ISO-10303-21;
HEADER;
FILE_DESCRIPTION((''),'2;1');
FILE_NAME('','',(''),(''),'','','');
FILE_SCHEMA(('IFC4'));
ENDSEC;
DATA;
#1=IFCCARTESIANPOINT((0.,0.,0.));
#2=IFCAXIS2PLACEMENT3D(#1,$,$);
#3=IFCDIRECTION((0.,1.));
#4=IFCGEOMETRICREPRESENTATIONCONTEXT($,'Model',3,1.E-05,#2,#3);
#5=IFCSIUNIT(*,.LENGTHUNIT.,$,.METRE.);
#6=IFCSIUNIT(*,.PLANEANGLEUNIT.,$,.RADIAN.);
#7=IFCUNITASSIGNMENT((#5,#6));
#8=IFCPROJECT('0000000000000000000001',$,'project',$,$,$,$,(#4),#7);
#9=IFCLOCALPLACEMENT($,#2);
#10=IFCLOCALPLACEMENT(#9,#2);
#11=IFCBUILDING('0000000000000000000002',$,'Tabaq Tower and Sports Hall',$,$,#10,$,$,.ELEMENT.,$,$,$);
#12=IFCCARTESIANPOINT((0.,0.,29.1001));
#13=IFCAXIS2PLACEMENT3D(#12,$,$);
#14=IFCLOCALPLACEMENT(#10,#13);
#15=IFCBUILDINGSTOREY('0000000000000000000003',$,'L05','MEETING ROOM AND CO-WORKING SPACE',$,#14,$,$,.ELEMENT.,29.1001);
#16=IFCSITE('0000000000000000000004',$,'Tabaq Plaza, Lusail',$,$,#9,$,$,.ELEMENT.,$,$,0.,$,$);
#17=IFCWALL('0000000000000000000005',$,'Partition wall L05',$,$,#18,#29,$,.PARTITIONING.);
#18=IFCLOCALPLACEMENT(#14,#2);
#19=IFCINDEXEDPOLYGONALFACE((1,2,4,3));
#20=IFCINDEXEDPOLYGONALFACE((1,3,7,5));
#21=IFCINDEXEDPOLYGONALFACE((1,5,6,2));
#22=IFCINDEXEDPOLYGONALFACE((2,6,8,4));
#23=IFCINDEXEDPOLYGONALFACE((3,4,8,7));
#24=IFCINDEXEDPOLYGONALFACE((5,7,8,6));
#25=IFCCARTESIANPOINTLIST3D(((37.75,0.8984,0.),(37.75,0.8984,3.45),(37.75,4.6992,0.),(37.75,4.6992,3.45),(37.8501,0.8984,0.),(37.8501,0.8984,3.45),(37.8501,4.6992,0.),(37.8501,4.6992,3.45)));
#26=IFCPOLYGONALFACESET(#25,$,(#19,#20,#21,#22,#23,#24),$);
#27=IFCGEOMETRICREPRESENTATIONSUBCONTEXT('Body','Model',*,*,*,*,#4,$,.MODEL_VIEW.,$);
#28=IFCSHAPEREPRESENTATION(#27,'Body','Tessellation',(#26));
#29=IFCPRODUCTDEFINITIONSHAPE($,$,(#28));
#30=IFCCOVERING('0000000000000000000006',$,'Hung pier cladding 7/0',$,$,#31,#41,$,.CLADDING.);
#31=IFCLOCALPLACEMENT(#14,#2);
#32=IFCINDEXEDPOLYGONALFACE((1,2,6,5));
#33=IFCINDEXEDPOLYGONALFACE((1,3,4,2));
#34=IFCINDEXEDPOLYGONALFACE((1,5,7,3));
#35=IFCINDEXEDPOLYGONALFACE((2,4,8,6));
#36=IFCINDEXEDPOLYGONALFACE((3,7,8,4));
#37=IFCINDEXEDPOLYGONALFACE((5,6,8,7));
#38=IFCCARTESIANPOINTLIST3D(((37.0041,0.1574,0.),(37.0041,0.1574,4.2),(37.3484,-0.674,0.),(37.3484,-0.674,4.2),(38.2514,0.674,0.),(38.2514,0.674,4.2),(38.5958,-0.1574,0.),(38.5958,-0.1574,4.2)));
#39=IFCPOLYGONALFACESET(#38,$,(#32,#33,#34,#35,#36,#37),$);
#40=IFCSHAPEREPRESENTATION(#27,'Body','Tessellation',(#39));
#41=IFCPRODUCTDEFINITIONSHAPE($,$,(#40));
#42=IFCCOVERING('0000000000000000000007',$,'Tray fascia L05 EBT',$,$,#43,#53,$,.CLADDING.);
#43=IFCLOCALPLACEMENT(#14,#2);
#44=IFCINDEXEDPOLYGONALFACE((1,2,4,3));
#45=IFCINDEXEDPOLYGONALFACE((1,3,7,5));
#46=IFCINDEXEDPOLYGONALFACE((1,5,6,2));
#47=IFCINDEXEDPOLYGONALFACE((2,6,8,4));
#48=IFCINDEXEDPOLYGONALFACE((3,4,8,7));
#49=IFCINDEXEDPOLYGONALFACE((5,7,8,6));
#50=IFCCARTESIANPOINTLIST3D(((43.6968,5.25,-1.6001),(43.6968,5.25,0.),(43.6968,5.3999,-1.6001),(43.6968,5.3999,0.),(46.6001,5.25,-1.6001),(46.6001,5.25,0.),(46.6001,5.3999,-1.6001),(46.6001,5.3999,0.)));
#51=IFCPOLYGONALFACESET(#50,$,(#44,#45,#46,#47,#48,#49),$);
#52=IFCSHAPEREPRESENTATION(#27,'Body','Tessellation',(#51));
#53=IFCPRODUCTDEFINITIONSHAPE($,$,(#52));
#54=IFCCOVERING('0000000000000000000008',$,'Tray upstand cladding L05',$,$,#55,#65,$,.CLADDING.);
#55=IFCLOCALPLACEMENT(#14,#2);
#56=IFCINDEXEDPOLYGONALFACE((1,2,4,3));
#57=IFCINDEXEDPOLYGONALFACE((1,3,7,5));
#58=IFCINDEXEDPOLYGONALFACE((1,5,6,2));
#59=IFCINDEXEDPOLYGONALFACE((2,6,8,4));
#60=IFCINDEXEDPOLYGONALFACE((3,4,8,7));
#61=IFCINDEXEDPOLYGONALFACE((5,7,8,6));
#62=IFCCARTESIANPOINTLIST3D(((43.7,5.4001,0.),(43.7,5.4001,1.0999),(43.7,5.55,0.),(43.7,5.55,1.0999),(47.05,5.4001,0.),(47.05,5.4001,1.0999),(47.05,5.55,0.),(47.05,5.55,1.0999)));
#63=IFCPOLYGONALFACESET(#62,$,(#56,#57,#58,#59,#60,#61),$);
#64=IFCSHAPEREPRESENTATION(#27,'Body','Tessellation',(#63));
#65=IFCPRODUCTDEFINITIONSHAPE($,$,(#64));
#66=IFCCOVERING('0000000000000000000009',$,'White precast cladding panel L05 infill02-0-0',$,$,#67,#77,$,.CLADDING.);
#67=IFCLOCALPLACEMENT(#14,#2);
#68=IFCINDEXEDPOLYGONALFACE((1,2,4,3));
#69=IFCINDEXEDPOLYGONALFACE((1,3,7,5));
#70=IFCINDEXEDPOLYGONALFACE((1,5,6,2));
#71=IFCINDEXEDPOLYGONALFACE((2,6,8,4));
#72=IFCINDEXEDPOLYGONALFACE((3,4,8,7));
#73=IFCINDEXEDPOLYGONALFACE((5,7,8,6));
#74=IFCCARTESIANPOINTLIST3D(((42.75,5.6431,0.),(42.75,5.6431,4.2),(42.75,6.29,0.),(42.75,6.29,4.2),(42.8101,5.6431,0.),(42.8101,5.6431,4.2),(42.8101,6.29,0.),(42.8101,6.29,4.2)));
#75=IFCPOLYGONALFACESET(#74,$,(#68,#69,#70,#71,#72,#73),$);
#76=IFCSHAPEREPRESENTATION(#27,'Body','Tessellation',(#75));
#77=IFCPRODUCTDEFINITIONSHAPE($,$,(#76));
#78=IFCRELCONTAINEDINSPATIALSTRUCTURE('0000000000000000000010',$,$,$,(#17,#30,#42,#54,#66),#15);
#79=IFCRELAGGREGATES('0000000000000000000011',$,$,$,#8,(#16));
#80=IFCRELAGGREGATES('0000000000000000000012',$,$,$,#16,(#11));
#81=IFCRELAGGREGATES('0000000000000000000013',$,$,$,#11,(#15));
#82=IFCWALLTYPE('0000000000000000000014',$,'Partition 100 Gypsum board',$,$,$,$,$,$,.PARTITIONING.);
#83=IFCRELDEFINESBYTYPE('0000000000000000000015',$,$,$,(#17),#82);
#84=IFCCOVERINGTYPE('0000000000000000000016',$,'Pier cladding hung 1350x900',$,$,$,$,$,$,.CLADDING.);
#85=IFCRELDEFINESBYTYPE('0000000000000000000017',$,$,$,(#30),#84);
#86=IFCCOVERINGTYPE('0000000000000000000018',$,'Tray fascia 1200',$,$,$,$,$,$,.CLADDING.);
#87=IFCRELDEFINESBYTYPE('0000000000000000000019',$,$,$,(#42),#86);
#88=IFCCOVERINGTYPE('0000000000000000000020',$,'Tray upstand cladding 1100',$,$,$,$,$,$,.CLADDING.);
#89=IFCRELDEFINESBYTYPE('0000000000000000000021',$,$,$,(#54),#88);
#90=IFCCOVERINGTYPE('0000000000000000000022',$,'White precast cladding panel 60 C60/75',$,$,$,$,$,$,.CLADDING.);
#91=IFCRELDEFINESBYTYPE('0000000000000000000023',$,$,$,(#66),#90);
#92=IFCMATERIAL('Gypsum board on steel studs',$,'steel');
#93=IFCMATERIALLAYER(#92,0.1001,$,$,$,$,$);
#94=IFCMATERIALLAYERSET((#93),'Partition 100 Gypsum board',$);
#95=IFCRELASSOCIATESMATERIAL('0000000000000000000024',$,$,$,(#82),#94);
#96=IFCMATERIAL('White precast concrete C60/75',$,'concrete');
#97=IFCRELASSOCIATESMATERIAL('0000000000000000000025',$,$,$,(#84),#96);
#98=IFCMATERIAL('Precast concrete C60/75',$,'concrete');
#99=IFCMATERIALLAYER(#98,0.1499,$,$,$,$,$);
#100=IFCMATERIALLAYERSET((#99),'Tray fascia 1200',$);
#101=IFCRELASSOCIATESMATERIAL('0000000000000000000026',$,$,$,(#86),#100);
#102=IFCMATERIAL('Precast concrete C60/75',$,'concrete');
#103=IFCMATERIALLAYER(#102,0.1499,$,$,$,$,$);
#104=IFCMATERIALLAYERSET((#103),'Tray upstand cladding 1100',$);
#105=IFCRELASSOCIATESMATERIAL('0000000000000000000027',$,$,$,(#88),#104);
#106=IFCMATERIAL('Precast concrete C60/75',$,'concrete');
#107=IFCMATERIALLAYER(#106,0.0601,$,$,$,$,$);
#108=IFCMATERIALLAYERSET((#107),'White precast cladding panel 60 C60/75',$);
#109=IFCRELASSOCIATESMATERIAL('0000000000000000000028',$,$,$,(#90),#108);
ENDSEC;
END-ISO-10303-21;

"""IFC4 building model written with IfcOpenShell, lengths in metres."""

from ifc_helpers import new_model, si_unit, direction, frame, frame_2d, origin, place, context, subcontext, project, spatial, rectangle, extrude, material, layer, layer_set, type_object, element, save


model = new_model("IFC4")

# Units and contexts
model_context = context("Model", 3, precision=1e-05, world=origin(), true_north=direction((0.0, 1.0)))
body_context = subcontext(model_context, "Body", "Model", "MODEL_VIEW")
ifc_project = project(units=[si_unit("LENGTHUNIT", "METRE"), si_unit("PLANEANGLEUNIT", "RADIAN")], contexts=[model_context])

# Site, building, storey
site_placement = place(None, origin())
site = spatial("IfcSite", under=ifc_project, at=site_placement, Name="Tabaq Plaza, Lusail", CompositionType="ELEMENT", RefElevation=0.0)
building_placement = place(site_placement, origin())
building = spatial("IfcBuilding", under=site, at=building_placement, Name="Tabaq Tower and Sports Hall", CompositionType="ELEMENT")
storey_placement = place(building_placement, frame((0.0, 0.0, 29.1001)))
storey = spatial("IfcBuildingStorey", under=building, at=storey_placement, Name="L05", Description="MEETING ROOM AND CO-WORKING SPACE", CompositionType="ELEMENT", Elevation=29.1001)

# Wall
ifc_material_1 = material(Name="Gypsum board on steel studs", Category="steel")
ifc_layer_1 = layer(ifc_material_1, 0.1001)
ifc_layer_set_1 = layer_set([ifc_layer_1], Name="Partition 100 Gypsum board")
wall_type_1 = type_object("IfcWallType", Name="Partition 100 Gypsum board", PredefinedType="PARTITIONING", material=ifc_layer_set_1)
wall_1_placement = place(storey_placement, frame((37.8, 0.8984, 0.0), z_axis=(0.0, 0.0, 1.0), x_axis=(0.0, 1.0, 0.0)))
element("IfcWall", 1, at=wall_1_placement, inside=storey, type_object=wall_type_1, Name="Partition wall L05", PredefinedType="PARTITIONING", context=body_context, shape_type="SweptSolid", body=[
    extrude(rectangle(XDim=3.8008, YDim=0.1001, at=frame_2d((1.9004, 0.0))), origin(), (0.0, 0.0, 1.0), 3.45),
])

# Coverings
ifc_material_2 = material(Name="White precast concrete C60/75", Category="concrete")
covering_type_1 = type_object("IfcCoveringType", Name="Pier cladding hung 1350x900", PredefinedType="CLADDING", material=ifc_material_2)
covering_1_placement = place(storey_placement, frame((37.1763, -0.2583, 0.0), z_axis=(0.0, 0.0, 1.0), x_axis=(0.923893, 0.38265, 0.0)))
element("IfcCovering", 2, at=covering_1_placement, inside=storey, type_object=covering_type_1, Name="Hung pier cladding 7/0", PredefinedType="CLADDING", context=body_context, shape_type="SweptSolid", body=[
    extrude(rectangle(XDim=1.3501, YDim=0.8999, at=frame_2d((0.675, 0.0))), origin(), (0.0, 0.0, 1.0), 4.2),
])
ifc_material_3 = material(Name="Precast concrete C60/75", Category="concrete")
ifc_layer_2 = layer(ifc_material_3, 0.1499)
ifc_layer_set_2 = layer_set([ifc_layer_2], Name="Tray fascia 1200")
covering_type_2 = type_object("IfcCoveringType", Name="Tray fascia 1200", PredefinedType="CLADDING", material=ifc_layer_set_2)
covering_2_placement = place(storey_placement, frame((43.6968, 5.325, -1.6001), z_axis=(0.0, 0.0, 1.0), x_axis=(1.0, 0.0, 0.0)))
element("IfcCovering", 3, at=covering_2_placement, inside=storey, type_object=covering_type_2, Name="Tray fascia L05 EBT", PredefinedType="CLADDING", context=body_context, shape_type="SweptSolid", body=[
    extrude(rectangle(XDim=2.9033, YDim=0.1499, at=frame_2d((1.4517, 0.0))), origin(), (0.0, 0.0, 1.0), 1.6001),
])
ifc_material_4 = material(Name="Precast concrete C60/75", Category="concrete")
ifc_layer_3 = layer(ifc_material_4, 0.1499)
ifc_layer_set_3 = layer_set([ifc_layer_3], Name="Tray upstand cladding 1100")
covering_type_3 = type_object("IfcCoveringType", Name="Tray upstand cladding 1100", PredefinedType="CLADDING", material=ifc_layer_set_3)
covering_3_placement = place(storey_placement, frame((43.7, 5.4751, 0.0), z_axis=(0.0, 0.0, 1.0), x_axis=(1.0, 0.0, 0.0)))
element("IfcCovering", 4, at=covering_3_placement, inside=storey, type_object=covering_type_3, Name="Tray upstand cladding L05", PredefinedType="CLADDING", context=body_context, shape_type="SweptSolid", body=[
    extrude(rectangle(XDim=3.3501, YDim=0.1499, at=frame_2d((1.675, 0.0))), origin(), (0.0, 0.0, 1.0), 1.0999),
])
ifc_material_5 = material(Name="Precast concrete C60/75", Category="concrete")
ifc_layer_4 = layer(ifc_material_5, 0.0601)
ifc_layer_set_4 = layer_set([ifc_layer_4], Name="White precast cladding panel 60 C60/75")
covering_type_4 = type_object("IfcCoveringType", Name="White precast cladding panel 60 C60/75", PredefinedType="CLADDING", material=ifc_layer_set_4)
covering_4_placement = place(storey_placement, frame((42.78, 5.6431, 0.0), z_axis=(0.0, 0.0, 1.0), x_axis=(0.0, 1.0, 0.0)))
element("IfcCovering", 5, at=covering_4_placement, inside=storey, type_object=covering_type_4, Name="White precast cladding panel L05 infill02-0-0", PredefinedType="CLADDING", context=body_context, shape_type="SweptSolid", body=[
    extrude(rectangle(XDim=0.647, YDim=0.0601, at=frame_2d((0.3235, 0.0))), origin(), (0.0, 0.0, 1.0), 4.2),
])

save(model, "model.ifc")
